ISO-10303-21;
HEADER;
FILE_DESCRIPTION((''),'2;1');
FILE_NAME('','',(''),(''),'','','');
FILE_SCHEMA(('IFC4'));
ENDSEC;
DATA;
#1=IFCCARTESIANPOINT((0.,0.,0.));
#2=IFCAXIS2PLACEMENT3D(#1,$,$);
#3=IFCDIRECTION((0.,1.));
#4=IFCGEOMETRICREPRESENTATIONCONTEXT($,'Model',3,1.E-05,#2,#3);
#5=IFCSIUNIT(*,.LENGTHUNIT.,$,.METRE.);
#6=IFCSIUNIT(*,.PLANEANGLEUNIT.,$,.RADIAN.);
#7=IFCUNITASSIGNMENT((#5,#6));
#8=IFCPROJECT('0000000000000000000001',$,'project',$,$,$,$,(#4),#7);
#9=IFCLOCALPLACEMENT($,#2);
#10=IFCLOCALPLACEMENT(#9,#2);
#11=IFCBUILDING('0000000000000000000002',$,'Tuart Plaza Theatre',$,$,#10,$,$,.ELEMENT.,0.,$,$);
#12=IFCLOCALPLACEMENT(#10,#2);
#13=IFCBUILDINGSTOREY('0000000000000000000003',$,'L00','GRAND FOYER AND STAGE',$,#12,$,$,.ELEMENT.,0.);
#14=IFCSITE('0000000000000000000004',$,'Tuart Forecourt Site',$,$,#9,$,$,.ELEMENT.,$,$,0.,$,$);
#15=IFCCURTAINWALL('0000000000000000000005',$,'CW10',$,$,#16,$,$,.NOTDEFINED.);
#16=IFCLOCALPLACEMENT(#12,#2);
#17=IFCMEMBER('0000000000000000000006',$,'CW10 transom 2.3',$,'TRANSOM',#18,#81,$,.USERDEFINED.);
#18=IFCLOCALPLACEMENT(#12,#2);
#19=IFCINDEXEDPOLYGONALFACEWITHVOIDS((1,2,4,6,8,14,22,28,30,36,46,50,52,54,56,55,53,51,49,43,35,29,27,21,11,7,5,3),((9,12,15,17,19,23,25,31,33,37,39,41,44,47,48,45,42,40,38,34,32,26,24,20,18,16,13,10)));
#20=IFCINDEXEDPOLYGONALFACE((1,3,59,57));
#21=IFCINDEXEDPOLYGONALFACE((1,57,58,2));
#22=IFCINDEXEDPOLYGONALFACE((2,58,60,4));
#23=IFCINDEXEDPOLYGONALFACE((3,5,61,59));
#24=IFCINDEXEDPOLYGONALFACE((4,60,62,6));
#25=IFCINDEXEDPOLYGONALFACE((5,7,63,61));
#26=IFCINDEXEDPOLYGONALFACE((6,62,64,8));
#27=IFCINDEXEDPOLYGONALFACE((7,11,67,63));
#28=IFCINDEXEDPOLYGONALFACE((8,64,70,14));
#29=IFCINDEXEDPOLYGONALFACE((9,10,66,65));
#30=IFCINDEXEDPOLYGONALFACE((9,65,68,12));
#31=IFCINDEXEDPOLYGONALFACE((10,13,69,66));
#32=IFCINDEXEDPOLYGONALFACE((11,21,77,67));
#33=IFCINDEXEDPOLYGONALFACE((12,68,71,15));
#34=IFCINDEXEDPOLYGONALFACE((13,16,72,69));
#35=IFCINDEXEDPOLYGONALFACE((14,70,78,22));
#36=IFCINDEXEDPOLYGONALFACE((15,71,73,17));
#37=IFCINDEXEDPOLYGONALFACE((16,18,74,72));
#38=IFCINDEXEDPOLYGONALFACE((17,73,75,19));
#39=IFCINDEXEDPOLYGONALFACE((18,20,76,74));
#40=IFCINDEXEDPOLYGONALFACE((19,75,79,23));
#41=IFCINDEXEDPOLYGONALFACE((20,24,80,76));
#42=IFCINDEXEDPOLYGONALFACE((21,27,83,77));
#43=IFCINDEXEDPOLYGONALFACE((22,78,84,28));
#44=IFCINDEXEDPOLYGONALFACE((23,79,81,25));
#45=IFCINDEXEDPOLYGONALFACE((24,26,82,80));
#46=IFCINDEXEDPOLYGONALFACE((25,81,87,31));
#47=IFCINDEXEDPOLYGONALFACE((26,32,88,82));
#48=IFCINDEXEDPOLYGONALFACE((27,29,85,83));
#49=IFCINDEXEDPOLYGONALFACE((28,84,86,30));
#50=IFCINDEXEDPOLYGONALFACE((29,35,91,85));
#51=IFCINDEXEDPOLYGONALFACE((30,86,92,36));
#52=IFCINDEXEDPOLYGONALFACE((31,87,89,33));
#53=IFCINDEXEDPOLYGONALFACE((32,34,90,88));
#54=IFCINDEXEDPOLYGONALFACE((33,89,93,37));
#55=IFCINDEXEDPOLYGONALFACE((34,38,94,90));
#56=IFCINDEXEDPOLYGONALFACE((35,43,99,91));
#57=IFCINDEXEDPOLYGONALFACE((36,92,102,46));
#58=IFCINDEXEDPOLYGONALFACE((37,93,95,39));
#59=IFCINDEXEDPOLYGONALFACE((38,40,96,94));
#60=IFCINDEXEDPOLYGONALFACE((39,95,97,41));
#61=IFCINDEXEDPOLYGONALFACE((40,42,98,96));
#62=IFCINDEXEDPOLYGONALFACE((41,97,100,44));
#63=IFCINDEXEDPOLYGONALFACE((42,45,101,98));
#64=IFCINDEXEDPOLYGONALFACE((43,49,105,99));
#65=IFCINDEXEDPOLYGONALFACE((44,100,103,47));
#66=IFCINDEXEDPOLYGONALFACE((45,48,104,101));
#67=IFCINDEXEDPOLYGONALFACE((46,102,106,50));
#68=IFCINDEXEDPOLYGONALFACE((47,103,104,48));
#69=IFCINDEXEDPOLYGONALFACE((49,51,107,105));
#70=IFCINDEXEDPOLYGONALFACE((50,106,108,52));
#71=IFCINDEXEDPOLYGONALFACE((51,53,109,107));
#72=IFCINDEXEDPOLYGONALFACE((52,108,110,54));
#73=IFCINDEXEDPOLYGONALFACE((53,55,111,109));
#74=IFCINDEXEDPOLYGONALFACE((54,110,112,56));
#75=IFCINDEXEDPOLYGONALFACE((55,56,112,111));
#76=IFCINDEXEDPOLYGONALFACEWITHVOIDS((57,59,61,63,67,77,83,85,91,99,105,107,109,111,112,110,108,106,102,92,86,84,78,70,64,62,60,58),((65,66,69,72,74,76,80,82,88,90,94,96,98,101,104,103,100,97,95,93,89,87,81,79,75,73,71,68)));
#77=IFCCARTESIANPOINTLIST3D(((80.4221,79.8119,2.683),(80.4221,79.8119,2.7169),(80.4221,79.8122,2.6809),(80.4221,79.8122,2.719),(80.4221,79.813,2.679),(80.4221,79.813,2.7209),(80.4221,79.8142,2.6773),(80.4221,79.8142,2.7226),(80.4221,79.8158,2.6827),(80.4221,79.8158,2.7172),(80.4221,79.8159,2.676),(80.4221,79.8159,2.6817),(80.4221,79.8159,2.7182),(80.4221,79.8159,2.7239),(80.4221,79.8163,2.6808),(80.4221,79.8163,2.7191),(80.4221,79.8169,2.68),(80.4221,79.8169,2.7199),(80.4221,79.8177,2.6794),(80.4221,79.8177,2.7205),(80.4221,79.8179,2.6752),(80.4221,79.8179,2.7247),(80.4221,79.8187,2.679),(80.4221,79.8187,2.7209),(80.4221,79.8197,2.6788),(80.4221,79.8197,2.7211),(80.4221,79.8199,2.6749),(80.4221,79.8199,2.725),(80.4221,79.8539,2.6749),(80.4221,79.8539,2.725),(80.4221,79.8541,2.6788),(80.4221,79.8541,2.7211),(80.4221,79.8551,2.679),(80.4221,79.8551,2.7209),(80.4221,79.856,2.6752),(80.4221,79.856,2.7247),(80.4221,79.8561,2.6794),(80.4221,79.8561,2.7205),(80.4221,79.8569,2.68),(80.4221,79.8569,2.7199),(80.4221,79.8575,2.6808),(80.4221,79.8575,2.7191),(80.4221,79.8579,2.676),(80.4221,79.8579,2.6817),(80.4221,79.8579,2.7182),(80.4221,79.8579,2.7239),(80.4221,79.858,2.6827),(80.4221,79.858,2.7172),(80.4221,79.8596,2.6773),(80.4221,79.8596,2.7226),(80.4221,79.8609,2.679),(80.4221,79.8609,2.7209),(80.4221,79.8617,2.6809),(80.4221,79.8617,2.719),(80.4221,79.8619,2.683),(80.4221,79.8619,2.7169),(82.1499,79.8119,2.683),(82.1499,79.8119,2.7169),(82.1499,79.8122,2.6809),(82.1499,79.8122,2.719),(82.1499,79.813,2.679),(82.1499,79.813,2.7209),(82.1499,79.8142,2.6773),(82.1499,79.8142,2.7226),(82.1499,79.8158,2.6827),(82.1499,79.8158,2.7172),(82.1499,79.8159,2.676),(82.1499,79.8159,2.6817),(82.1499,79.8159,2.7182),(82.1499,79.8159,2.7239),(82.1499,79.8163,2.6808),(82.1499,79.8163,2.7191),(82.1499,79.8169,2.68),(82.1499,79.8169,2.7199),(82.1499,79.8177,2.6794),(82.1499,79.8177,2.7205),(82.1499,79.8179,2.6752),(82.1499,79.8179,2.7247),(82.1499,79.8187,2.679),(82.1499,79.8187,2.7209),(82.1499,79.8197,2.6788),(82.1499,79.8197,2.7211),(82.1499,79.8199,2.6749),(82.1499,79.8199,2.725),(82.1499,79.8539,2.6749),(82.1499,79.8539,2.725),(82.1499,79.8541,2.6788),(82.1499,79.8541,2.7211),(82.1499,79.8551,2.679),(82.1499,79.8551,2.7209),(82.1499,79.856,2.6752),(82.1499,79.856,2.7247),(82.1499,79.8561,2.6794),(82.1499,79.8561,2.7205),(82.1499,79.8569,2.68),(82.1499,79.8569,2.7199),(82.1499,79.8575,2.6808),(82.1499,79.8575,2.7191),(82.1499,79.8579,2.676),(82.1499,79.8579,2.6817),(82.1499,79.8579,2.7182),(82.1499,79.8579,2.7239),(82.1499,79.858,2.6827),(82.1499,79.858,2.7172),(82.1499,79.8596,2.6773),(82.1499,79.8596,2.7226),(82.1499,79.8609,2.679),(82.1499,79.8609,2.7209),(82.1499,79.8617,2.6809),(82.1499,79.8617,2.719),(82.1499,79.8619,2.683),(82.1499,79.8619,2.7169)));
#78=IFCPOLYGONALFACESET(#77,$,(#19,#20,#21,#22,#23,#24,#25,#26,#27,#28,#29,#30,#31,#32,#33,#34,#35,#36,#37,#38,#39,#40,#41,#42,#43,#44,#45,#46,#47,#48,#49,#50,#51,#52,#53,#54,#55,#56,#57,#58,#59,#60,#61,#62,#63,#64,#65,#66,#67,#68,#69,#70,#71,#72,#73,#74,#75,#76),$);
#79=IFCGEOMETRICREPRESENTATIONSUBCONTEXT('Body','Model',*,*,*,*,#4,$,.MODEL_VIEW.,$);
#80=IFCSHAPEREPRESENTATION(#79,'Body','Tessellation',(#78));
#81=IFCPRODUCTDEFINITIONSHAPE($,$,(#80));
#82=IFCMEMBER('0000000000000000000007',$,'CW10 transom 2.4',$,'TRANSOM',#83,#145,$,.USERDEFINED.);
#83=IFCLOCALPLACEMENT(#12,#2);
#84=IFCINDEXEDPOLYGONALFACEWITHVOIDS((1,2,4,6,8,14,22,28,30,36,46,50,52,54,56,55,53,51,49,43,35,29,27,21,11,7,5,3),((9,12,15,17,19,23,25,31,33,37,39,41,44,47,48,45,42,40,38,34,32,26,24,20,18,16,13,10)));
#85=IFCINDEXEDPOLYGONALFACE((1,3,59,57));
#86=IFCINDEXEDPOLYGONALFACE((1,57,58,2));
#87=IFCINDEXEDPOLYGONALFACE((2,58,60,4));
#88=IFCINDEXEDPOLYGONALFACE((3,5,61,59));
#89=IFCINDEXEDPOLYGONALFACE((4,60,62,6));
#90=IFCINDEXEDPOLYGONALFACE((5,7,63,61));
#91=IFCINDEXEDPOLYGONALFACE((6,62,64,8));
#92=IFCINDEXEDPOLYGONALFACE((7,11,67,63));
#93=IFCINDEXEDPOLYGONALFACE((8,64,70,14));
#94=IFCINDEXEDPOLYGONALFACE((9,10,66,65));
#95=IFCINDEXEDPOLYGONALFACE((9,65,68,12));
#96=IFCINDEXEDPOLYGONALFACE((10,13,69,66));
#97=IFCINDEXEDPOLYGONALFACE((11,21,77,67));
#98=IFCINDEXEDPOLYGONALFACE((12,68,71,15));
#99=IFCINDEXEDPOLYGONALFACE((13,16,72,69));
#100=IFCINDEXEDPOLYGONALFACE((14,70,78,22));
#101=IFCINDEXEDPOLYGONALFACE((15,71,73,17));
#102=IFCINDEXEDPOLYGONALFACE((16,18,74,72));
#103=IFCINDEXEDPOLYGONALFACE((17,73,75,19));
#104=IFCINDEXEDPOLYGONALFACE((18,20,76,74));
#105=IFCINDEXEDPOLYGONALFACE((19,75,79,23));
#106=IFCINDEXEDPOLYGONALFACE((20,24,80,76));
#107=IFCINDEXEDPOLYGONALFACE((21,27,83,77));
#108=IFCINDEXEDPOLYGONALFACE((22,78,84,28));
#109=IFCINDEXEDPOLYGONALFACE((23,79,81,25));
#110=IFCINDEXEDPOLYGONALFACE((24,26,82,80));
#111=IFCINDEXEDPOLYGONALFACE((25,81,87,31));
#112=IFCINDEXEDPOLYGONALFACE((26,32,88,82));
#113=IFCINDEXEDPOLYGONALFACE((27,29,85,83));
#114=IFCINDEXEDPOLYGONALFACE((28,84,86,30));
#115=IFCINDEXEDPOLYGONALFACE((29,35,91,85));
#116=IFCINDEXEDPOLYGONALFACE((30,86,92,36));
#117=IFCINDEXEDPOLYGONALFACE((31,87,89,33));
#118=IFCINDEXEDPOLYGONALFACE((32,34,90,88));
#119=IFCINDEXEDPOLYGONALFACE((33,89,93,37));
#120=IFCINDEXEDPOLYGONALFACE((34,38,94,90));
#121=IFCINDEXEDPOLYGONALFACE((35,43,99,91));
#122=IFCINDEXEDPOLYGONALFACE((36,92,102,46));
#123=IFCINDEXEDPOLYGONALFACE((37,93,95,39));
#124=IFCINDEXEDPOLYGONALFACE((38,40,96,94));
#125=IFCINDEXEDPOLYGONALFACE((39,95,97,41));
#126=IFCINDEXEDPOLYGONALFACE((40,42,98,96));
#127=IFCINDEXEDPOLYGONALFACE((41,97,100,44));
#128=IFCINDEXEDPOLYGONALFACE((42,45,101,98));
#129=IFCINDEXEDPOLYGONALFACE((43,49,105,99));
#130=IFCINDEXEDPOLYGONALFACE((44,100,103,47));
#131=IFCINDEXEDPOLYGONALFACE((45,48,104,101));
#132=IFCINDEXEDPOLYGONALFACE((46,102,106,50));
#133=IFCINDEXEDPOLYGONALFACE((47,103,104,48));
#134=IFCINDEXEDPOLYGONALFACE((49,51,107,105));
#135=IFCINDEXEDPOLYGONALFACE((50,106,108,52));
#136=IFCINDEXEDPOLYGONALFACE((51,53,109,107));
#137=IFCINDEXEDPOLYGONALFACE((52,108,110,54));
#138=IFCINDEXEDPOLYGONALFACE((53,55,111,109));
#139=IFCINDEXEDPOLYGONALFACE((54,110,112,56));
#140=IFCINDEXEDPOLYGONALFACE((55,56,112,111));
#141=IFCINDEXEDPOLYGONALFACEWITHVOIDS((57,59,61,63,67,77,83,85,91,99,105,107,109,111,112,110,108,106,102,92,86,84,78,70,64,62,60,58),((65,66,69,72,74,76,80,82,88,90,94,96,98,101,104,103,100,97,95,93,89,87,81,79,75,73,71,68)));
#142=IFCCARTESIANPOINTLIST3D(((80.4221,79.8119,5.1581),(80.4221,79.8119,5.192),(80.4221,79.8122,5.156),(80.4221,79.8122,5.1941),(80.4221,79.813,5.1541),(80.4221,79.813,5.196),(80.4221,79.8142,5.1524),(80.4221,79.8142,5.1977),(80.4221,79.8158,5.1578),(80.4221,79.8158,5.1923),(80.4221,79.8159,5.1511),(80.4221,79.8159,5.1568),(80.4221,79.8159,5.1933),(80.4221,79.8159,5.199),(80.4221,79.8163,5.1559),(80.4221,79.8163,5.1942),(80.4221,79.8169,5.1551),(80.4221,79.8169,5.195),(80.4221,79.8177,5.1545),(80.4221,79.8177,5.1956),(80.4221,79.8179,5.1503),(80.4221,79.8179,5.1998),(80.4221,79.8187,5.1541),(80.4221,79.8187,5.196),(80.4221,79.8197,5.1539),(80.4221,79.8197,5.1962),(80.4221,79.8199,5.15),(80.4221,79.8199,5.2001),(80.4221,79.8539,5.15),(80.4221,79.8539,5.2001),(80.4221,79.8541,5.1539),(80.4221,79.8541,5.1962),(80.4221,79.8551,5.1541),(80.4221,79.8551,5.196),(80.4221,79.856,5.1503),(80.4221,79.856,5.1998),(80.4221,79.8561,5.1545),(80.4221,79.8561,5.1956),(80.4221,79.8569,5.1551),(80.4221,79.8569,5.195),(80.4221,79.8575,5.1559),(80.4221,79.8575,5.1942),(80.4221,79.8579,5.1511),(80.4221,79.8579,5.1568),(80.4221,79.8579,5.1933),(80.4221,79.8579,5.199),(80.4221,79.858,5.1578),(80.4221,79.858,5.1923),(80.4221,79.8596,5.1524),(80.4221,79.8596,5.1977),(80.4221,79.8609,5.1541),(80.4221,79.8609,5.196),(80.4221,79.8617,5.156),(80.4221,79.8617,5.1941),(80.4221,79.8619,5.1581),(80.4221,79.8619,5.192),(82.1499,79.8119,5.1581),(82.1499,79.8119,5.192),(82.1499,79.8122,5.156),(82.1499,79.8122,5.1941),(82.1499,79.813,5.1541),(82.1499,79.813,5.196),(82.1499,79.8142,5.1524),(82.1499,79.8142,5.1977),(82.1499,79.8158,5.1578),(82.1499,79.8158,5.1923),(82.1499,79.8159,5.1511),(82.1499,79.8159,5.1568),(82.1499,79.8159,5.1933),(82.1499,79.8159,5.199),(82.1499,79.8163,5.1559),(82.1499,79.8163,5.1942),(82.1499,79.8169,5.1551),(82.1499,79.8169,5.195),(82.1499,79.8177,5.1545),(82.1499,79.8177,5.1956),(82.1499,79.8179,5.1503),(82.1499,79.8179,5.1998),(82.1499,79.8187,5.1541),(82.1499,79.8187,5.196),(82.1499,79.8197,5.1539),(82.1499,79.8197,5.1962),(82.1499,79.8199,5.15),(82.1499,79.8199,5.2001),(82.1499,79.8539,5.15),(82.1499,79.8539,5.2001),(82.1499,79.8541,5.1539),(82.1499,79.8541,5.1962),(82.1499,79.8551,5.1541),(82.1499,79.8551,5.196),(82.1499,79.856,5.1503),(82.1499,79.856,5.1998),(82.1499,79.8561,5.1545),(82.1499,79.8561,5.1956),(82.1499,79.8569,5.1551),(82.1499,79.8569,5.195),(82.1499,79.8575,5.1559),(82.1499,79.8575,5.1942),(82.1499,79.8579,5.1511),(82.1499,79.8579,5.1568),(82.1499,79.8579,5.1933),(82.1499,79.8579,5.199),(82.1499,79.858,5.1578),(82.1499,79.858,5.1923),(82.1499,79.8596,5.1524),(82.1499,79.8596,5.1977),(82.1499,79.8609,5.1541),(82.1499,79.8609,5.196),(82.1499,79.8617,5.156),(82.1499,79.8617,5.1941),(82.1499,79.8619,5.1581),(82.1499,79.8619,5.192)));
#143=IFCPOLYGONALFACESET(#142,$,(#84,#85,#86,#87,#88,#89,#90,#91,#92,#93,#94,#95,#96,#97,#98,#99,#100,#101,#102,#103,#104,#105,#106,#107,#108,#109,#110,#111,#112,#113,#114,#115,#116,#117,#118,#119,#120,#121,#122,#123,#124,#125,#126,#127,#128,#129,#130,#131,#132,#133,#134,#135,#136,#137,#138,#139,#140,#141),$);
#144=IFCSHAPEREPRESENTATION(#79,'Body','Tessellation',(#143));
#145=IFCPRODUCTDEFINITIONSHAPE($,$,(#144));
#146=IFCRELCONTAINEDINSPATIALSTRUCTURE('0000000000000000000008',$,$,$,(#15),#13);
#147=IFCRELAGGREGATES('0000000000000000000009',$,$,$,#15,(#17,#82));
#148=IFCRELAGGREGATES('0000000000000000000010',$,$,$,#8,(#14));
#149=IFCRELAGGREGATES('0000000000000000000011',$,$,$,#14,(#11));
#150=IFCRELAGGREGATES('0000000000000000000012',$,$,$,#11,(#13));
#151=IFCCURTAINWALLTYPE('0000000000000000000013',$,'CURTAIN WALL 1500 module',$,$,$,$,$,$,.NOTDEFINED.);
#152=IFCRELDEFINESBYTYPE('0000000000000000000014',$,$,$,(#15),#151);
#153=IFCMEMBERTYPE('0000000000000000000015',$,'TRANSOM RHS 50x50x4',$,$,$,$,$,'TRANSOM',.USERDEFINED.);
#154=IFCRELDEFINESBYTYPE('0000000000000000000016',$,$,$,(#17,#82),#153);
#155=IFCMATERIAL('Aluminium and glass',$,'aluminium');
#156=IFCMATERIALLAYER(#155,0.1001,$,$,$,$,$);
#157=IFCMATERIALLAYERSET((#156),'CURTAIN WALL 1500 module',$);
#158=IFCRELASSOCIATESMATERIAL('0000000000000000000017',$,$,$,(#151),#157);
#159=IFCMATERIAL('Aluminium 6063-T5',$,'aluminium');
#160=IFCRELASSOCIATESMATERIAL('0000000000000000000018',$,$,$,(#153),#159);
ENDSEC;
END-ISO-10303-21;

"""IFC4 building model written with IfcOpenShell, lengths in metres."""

from ifc_helpers import new_model, si_unit, direction, frame, origin, origin_2d, place, context, subcontext, project, spatial, hollow_rectangle, extrude, material, layer, layer_set, material_profile, profile_set, type_object, element, aggregate, save


model = new_model("IFC4")

# Units and contexts
model_context = context("Model", 3, precision=1e-05, world=origin(), true_north=direction((0.0, 1.0)))
body_context = subcontext(model_context, "Body", "Model", "MODEL_VIEW")
ifc_project = project(units=[si_unit("LENGTHUNIT", "METRE"), si_unit("PLANEANGLEUNIT", "RADIAN")], contexts=[model_context])

# Site, building, storey
site_placement = place(None, origin())
site = spatial("IfcSite", under=ifc_project, at=site_placement, Name="Tuart Forecourt Site", CompositionType="ELEMENT", RefElevation=0.0)
building_placement = place(site_placement, origin())
building = spatial("IfcBuilding", under=site, at=building_placement, Name="Tuart Plaza Theatre", CompositionType="ELEMENT", ElevationOfRefHeight=0.0)
storey_placement = place(building_placement, origin())
storey = spatial("IfcBuildingStorey", under=building, at=storey_placement, Name="L00", Description="GRAND FOYER AND STAGE", CompositionType="ELEMENT", Elevation=0.0)

# Curtain wall, members
ifc_material_1 = material(Name="Aluminium and glass", Category="aluminium")
ifc_layer_1 = layer(ifc_material_1, 0.1001)
ifc_layer_set_1 = layer_set([ifc_layer_1], Name="CURTAIN WALL 1500 module")
curtain_wall_type = type_object("IfcCurtainWallType", Name="CURTAIN WALL 1500 module", PredefinedType="NOTDEFINED", material=ifc_layer_set_1)
curtain_wall_1_placement = place(storey_placement, origin())
curtain_wall_1 = element("IfcCurtainWall", 1, at=curtain_wall_1_placement, inside=storey, type_object=curtain_wall_type, Name="CW10", PredefinedType="NOTDEFINED")
ifc_material_2 = material(Name="Aluminium 6063-T5", Category="aluminium")
ifc_material_profile = material_profile(ifc_material_2, hollow_rectangle(XDim=0.05, YDim=0.05, WallThickness=0.0039, InnerFilletRadius=0.0039, OuterFilletRadius=0.0081, at=origin_2d()), Name="RHS 50x50x4")
ifc_profile_set = profile_set([ifc_material_profile], Name="Aluminium 6063-T5")
member_type = type_object("IfcMemberType", Name="TRANSOM RHS 50x50x4", ElementType="TRANSOM", PredefinedType="USERDEFINED", material=ifc_profile_set)
member_1_placement = place(storey_placement, frame((80.4221, 79.8369, 2.7), z_axis=(1.0, 0.0, 0.0), x_axis=(0.0, 1.0, 0.0)))
member_1 = element("IfcMember", 2, at=member_1_placement, type_object=member_type, Name="CW10 transom 2.3", ObjectType="TRANSOM", PredefinedType="USERDEFINED", context=body_context, shape_type="SweptSolid", body=[
    extrude(hollow_rectangle(XDim=0.05, YDim=0.05, WallThickness=0.0039, InnerFilletRadius=0.0039, OuterFilletRadius=0.0081, at=origin_2d()), origin(), (0.0, 0.0, 1.0), 1.7278),
])
member_2_placement = place(storey_placement, frame((80.4221, 79.8369, 5.175), z_axis=(1.0, 0.0, 0.0), x_axis=(0.0, 1.0, 0.0)))
member_2 = element("IfcMember", 3, at=member_2_placement, type_object=member_type, Name="CW10 transom 2.4", ObjectType="TRANSOM", PredefinedType="USERDEFINED", context=body_context, shape_type="SweptSolid", body=[
    extrude(hollow_rectangle(XDim=0.05, YDim=0.05, WallThickness=0.0039, InnerFilletRadius=0.0039, OuterFilletRadius=0.0081, at=origin_2d()), origin(), (0.0, 0.0, 1.0), 1.7278),
])

aggregate(curtain_wall_1, [member_1, member_2])

save(model, "model.ifc")
